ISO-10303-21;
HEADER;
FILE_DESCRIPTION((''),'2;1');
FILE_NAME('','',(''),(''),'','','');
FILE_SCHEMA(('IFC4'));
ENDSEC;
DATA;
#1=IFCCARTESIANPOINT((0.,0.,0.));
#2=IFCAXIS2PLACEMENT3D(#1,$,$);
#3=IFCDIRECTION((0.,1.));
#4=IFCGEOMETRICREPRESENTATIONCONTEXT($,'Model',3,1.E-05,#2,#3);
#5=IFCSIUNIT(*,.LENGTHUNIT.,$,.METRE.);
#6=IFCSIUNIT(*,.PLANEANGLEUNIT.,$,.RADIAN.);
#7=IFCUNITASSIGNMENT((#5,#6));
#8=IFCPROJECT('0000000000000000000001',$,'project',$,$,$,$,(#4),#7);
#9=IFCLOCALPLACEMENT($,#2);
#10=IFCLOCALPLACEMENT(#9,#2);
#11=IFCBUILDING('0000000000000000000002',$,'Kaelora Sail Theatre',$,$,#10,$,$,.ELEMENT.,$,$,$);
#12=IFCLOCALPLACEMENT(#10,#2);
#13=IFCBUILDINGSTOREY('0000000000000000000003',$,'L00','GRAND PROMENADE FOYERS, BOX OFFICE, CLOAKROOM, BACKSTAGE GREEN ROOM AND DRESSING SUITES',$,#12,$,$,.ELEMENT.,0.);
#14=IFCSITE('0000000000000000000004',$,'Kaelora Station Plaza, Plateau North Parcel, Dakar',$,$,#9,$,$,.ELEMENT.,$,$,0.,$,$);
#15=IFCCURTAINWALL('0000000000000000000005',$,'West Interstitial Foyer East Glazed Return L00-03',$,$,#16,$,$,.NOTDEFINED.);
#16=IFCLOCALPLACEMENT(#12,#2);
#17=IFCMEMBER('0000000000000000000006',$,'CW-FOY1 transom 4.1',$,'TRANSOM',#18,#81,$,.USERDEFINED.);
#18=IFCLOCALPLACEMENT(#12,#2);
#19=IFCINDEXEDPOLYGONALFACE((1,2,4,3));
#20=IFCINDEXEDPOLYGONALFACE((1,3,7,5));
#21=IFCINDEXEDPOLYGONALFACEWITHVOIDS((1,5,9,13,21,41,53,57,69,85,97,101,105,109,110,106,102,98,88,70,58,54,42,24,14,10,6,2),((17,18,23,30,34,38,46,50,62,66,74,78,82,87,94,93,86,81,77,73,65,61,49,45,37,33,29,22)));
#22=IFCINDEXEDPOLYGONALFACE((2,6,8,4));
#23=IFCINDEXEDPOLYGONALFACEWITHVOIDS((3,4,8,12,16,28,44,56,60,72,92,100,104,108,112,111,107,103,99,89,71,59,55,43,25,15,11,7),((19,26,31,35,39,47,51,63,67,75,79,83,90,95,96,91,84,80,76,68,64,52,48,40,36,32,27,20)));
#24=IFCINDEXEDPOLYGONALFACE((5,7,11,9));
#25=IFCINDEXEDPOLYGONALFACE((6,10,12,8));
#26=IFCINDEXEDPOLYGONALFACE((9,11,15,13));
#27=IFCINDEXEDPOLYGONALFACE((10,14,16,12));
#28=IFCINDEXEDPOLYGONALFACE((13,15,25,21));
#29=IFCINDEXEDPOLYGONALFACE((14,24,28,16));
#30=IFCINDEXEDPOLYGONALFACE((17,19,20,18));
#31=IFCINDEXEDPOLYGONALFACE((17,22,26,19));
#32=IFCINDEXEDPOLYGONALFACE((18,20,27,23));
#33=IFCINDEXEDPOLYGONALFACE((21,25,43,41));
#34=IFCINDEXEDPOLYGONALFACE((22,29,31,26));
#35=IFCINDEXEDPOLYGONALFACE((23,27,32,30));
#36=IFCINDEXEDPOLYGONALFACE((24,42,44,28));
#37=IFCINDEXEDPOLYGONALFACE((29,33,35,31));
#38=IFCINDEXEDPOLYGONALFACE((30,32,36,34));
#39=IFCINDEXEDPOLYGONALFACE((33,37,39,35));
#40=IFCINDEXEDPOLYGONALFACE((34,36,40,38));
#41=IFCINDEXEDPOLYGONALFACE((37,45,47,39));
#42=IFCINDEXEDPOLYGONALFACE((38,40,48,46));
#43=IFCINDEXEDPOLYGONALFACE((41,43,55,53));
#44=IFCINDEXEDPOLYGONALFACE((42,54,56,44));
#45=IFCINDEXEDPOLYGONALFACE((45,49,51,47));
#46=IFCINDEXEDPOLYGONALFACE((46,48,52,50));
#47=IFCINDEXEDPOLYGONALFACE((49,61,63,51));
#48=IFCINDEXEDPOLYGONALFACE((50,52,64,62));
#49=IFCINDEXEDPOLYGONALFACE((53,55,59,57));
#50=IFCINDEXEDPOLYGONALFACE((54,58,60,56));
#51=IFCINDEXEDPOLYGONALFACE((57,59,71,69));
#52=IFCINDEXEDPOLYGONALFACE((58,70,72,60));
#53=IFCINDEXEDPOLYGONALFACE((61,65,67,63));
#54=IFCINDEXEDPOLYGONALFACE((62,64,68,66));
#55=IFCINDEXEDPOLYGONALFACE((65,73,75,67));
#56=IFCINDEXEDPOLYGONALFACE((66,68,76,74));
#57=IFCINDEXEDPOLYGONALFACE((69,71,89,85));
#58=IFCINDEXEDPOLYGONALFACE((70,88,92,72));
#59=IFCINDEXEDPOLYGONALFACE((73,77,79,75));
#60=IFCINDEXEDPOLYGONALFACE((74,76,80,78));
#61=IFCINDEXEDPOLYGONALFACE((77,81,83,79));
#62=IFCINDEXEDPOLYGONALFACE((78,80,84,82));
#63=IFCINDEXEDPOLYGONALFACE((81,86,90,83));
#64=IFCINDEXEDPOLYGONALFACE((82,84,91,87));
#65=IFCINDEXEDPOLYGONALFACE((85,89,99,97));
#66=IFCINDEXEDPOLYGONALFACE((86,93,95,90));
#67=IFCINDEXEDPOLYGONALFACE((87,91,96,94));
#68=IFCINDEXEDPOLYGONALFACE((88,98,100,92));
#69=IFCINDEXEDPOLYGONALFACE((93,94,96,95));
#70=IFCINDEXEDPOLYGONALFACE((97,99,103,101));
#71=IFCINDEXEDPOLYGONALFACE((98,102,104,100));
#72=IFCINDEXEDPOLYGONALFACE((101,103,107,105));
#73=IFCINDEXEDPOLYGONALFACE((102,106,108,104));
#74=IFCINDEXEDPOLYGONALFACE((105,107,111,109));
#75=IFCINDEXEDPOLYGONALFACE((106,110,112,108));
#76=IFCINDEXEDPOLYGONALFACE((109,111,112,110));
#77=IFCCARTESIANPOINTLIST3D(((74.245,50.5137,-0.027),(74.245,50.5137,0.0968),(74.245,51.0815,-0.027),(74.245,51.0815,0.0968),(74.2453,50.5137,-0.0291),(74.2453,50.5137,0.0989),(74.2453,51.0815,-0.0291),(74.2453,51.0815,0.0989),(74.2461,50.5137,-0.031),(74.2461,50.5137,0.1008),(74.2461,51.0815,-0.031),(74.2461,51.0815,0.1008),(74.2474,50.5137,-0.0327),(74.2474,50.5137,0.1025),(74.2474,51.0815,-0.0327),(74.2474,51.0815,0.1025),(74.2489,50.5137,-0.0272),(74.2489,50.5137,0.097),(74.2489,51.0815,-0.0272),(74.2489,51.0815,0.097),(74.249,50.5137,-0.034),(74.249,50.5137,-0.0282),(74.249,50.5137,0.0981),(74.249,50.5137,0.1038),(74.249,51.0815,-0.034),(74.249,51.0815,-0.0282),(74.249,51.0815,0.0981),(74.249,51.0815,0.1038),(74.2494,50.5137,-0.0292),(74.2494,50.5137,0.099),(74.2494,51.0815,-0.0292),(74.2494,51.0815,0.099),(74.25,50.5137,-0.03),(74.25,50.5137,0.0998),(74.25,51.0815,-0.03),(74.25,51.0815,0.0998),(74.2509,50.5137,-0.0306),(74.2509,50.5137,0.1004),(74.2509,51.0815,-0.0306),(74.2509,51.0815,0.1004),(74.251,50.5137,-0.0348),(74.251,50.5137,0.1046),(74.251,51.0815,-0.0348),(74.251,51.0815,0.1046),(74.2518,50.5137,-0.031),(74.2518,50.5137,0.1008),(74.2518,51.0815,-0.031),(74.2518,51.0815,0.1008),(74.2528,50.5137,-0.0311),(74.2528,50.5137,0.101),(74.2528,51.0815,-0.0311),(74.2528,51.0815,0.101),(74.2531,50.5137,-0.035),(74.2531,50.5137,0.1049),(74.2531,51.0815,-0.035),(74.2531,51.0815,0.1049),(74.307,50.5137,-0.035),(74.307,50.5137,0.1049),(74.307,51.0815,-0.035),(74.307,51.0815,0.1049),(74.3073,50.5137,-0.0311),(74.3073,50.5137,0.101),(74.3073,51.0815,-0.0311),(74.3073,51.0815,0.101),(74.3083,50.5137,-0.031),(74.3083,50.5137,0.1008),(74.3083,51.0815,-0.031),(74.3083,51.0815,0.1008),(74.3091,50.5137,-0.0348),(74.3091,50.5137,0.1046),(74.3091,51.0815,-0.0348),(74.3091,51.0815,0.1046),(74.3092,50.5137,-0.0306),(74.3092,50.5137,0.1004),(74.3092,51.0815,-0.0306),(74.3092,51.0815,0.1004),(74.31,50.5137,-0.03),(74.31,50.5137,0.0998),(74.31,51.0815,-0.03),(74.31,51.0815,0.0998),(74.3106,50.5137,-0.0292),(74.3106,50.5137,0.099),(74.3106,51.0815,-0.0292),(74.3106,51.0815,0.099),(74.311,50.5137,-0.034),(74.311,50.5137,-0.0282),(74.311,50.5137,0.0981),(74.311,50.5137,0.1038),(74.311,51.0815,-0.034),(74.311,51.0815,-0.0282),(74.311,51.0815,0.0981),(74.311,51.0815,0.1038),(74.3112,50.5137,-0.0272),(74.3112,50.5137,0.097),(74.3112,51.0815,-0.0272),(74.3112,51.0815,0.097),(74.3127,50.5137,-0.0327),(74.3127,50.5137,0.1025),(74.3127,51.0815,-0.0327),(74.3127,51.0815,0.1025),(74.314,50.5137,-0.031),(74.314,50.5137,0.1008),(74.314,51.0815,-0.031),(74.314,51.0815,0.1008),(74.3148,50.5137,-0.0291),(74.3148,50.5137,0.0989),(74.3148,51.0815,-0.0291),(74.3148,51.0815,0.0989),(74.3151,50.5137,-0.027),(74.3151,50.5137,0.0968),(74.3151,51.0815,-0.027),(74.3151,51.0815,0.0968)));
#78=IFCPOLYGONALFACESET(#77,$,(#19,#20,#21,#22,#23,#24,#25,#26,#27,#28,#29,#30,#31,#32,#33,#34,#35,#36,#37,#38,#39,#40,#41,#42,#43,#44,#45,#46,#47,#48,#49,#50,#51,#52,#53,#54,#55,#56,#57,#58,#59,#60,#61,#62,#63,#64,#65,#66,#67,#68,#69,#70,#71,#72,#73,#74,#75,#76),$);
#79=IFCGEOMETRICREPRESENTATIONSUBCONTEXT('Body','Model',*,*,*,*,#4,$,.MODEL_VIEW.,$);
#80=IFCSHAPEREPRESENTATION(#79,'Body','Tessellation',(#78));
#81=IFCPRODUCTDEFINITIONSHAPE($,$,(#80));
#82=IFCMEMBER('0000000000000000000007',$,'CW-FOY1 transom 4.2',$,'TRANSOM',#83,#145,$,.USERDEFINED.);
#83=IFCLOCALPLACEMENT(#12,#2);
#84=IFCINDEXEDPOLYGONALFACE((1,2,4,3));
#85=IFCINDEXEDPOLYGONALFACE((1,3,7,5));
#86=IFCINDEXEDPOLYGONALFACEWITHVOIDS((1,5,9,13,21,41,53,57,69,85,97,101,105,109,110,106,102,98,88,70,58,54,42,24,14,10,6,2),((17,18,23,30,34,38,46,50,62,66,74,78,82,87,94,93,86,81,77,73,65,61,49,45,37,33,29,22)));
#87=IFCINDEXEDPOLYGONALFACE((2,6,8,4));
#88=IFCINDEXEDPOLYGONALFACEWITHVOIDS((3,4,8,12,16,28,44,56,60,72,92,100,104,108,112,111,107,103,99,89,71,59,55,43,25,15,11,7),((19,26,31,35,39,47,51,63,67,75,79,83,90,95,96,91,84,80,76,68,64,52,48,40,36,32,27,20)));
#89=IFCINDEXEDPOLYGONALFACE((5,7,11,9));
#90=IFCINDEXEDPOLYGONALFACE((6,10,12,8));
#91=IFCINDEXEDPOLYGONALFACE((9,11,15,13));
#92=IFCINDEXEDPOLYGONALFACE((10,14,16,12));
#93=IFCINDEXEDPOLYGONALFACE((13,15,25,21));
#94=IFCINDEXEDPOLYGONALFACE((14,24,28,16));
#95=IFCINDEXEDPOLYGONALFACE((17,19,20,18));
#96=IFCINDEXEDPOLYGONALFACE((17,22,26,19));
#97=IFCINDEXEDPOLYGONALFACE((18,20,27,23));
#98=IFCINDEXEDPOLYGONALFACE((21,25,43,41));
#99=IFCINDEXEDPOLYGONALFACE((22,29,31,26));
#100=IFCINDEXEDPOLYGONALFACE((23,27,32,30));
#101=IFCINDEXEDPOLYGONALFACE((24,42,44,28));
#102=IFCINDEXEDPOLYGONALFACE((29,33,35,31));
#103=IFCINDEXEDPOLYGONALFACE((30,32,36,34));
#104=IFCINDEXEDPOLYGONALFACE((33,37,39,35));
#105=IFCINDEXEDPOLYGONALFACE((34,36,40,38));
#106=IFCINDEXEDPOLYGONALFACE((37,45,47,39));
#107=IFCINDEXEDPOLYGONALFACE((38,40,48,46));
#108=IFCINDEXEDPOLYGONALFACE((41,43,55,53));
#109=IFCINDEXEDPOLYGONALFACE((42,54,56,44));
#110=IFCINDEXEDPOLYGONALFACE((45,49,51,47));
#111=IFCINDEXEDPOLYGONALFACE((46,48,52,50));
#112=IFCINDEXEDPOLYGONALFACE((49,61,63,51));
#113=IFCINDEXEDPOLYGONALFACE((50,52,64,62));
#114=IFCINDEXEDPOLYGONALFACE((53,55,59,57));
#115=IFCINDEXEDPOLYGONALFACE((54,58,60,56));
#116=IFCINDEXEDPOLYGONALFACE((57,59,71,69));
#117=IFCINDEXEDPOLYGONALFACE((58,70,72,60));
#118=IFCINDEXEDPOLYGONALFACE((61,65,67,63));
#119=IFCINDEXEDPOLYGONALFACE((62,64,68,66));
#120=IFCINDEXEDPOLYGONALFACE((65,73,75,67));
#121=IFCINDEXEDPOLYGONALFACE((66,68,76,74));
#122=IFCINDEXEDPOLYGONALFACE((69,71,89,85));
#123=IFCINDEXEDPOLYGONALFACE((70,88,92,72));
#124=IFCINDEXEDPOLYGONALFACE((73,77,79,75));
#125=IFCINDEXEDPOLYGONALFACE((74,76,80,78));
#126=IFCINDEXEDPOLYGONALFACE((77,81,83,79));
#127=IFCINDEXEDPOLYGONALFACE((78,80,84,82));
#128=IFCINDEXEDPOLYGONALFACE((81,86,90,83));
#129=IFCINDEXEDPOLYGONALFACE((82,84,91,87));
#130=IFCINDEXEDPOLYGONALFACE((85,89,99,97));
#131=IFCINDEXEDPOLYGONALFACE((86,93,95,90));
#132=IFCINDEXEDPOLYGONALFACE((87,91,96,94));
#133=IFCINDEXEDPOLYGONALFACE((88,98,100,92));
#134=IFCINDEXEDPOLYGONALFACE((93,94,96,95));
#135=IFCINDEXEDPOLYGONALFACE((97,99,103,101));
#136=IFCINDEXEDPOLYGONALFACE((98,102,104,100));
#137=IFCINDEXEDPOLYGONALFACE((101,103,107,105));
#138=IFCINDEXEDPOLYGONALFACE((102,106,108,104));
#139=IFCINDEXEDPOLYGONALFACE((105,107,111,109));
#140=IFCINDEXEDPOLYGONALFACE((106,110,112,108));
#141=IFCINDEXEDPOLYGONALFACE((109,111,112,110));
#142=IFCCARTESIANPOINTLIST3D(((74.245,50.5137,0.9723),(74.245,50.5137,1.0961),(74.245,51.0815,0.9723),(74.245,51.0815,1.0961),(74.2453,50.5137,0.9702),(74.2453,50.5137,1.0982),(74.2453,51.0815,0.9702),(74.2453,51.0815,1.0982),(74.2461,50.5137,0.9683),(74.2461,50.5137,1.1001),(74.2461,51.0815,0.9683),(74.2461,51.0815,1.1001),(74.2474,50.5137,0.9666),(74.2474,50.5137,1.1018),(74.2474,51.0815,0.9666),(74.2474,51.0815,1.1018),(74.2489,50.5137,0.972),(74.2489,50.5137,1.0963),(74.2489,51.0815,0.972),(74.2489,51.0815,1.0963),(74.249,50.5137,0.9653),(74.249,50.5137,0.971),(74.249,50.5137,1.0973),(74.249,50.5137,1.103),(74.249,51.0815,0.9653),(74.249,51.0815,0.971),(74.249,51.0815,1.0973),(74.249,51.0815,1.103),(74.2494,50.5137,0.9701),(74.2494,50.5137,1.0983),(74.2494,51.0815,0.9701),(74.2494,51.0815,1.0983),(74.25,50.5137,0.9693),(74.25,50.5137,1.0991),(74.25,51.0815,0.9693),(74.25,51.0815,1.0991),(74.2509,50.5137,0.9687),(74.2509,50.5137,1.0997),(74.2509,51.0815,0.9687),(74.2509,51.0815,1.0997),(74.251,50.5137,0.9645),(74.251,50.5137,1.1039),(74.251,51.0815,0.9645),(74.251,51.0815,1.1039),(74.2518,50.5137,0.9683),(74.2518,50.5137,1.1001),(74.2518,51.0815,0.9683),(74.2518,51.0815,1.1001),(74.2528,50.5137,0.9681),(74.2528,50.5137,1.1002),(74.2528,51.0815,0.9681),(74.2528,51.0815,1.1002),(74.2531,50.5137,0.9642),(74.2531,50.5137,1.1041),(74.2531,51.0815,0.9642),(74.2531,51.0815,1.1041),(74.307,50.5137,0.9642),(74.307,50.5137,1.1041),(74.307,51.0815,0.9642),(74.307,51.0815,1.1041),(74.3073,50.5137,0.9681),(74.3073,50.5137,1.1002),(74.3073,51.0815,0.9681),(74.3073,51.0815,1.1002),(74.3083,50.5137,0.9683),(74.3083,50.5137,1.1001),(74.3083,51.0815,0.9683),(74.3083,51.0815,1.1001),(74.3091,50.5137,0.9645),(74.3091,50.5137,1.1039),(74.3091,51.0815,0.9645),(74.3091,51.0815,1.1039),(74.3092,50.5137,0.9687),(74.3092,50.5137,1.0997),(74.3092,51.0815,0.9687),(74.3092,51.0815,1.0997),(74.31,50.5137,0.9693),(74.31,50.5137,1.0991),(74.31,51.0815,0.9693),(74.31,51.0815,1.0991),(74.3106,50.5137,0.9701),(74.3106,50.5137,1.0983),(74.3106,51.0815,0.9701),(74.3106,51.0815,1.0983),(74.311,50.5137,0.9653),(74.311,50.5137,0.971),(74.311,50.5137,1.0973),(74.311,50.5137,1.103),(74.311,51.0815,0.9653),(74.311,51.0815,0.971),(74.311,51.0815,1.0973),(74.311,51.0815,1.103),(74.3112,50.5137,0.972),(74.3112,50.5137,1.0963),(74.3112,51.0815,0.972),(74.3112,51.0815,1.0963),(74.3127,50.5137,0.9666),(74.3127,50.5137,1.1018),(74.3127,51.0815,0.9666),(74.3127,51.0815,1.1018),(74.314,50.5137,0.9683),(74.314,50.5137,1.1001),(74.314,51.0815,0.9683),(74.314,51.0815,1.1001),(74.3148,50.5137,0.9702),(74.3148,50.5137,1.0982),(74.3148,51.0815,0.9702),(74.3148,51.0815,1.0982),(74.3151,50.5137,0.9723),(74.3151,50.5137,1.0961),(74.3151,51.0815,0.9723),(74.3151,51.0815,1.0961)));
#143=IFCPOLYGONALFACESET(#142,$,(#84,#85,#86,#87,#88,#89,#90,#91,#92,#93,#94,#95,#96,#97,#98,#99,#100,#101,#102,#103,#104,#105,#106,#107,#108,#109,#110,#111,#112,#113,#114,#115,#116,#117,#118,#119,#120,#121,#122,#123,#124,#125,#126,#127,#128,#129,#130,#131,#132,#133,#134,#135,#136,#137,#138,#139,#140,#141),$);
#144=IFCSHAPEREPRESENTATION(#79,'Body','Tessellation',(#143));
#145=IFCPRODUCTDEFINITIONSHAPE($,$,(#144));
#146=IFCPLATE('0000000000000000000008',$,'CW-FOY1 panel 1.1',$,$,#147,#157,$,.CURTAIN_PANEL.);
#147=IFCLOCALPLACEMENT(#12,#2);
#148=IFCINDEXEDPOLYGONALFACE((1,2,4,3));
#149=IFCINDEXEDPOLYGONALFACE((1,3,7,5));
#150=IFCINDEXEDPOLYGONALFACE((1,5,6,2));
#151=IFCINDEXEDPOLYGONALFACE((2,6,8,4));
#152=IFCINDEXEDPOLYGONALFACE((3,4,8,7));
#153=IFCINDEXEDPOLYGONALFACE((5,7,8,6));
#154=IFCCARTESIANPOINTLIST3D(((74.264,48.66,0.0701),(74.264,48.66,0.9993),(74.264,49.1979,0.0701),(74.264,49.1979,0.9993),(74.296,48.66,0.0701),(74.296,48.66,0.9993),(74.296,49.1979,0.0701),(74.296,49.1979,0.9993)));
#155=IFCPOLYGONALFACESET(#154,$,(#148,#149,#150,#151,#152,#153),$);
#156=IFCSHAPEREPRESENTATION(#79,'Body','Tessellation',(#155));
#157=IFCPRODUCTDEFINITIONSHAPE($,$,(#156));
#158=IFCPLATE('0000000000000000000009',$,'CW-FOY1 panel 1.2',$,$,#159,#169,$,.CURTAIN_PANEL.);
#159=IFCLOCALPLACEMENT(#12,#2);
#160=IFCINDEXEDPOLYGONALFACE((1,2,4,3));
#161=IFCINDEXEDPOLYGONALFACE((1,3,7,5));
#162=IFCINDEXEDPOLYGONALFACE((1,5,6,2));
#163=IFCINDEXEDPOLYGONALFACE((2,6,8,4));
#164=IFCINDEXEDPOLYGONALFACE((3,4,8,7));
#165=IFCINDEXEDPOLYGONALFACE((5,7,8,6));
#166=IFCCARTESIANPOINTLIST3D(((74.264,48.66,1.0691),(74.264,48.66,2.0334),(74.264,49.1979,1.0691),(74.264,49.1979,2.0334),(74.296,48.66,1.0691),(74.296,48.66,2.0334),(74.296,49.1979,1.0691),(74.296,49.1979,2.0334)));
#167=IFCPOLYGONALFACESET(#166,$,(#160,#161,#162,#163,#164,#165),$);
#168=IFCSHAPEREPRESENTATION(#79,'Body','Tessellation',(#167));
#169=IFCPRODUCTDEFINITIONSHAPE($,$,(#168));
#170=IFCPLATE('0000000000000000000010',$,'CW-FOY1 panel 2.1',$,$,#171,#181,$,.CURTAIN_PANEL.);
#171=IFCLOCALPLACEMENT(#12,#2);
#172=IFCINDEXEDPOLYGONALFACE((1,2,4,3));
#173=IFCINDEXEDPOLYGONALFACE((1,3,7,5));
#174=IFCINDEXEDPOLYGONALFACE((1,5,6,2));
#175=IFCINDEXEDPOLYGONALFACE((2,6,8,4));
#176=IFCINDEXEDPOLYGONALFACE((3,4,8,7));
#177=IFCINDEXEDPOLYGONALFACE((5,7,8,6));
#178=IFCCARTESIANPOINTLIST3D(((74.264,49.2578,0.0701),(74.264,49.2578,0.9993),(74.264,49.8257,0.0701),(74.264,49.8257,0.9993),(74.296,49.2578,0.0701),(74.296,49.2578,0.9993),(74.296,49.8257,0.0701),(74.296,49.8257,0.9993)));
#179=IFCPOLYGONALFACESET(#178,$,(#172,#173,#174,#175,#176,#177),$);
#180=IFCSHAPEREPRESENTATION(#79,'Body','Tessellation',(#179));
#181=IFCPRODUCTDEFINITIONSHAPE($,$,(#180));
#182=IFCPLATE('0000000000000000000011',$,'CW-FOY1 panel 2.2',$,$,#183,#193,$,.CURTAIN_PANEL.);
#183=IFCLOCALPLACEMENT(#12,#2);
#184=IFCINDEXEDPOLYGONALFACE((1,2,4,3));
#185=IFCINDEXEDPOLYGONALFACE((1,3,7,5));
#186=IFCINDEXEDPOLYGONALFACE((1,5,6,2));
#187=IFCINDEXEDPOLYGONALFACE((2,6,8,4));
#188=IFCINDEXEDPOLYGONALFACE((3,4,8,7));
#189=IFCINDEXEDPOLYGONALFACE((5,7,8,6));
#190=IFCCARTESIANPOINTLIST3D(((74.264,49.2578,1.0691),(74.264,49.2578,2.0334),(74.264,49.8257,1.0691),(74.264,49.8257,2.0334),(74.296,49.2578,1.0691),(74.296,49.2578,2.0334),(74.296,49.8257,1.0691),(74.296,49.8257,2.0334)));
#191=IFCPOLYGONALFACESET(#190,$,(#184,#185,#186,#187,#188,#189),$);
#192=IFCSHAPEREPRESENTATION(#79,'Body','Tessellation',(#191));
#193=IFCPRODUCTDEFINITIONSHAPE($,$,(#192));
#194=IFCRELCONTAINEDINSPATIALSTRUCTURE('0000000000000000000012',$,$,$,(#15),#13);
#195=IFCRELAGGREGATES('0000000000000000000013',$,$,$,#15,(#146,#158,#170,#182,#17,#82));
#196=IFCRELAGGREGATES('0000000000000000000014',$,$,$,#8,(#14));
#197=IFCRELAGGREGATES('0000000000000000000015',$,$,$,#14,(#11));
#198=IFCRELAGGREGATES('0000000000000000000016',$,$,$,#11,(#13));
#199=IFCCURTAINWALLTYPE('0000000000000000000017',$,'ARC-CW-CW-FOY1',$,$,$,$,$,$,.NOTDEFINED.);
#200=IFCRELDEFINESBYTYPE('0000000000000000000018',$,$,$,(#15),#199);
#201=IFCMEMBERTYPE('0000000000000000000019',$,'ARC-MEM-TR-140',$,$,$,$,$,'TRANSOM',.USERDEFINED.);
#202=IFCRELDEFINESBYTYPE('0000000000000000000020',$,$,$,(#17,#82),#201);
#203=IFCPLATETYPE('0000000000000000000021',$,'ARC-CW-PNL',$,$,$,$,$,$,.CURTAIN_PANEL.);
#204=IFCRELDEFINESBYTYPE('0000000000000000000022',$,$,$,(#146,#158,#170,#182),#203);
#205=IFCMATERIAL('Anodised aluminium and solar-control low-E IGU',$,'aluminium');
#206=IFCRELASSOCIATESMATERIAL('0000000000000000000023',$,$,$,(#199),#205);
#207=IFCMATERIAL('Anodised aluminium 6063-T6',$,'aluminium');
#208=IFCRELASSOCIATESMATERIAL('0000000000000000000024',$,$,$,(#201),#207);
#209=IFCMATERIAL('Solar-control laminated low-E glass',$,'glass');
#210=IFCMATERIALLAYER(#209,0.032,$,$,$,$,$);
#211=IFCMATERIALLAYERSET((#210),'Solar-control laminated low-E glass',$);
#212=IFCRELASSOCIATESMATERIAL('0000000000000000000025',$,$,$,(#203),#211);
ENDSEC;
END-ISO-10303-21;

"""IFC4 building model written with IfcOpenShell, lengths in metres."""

from ifc_helpers import new_model, si_unit, direction, frame, origin, origin_2d, place, context, subcontext, project, spatial, rectangle, hollow_rectangle, extrude, material, layer, layer_set, material_profile, profile_set, type_object, element, aggregate, save


model = new_model("IFC4")

# Units and contexts
model_context = context("Model", 3, precision=1e-05, world=origin(), true_north=direction((0.0, 1.0)))
body_context = subcontext(model_context, "Body", "Model", "MODEL_VIEW")
ifc_project = project(units=[si_unit("LENGTHUNIT", "METRE"), si_unit("PLANEANGLEUNIT", "RADIAN")], contexts=[model_context])

# Site, building, storey
site_placement = place(None, origin())
site = spatial("IfcSite", under=ifc_project, at=site_placement, Name="Kaelora Station Plaza, Plateau North Parcel, Dakar", CompositionType="ELEMENT", RefElevation=0.0)
building_placement = place(site_placement, origin())
building = spatial("IfcBuilding", under=site, at=building_placement, Name="Kaelora Sail Theatre", CompositionType="ELEMENT")
storey_placement = place(building_placement, origin())
storey = spatial("IfcBuildingStorey", under=building, at=storey_placement, Name="L00", Description="GRAND PROMENADE FOYERS, BOX OFFICE, CLOAKROOM, BACKSTAGE GREEN ROOM AND DRESSING SUITES", CompositionType="ELEMENT", Elevation=0.0)

# Curtain wall
ifc_material_1 = material(Name="Anodised aluminium and solar-control low-E IGU", Category="aluminium")
curtain_wall_type = type_object("IfcCurtainWallType", Name="ARC-CW-CW-FOY1", PredefinedType="NOTDEFINED", material=ifc_material_1)
curtain_wall_placement = place(storey_placement, origin())
curtain_wall = element("IfcCurtainWall", 1, at=curtain_wall_placement, inside=storey, type_object=curtain_wall_type, Name="West Interstitial Foyer East Glazed Return L00-03", PredefinedType="NOTDEFINED")

# Members
ifc_material_2 = material(Name="Anodised aluminium 6063-T6", Category="aluminium")
ifc_material_profile_1 = material_profile(ifc_material_2, hollow_rectangle(XDim=0.0701, YDim=0.1399, WallThickness=0.0039, InnerFilletRadius=0.0039, OuterFilletRadius=0.0081, at=origin_2d()), Name="ALU-TRAN 70x140x4")
ifc_profile_set_1 = profile_set([ifc_material_profile_1], Name="Anodised aluminium 6063-T6")
member_type_1 = type_object("IfcMemberType", Name="ARC-MEM-TR-140", ElementType="TRANSOM", PredefinedType="USERDEFINED", material=ifc_profile_set_1)
member_1_placement = place(storey_placement, frame((74.28, 50.5137, 0.0349), z_axis=(0.0, 1.0, 0.0), x_axis=(-1.0, 0.0, 0.0)))
member_1 = element("IfcMember", 2, at=member_1_placement, type_object=member_type_1, Name="CW-FOY1 transom 4.1", ObjectType="TRANSOM", PredefinedType="USERDEFINED", context=body_context, shape_type="SweptSolid", body=[
    extrude(hollow_rectangle(XDim=0.0701, YDim=0.1399, WallThickness=0.0039, InnerFilletRadius=0.0039, OuterFilletRadius=0.0081, at=origin_2d()), origin(), (0.0, 0.0, 1.0), 0.5679),
])
member_2_placement = place(storey_placement, frame((74.28, 50.5137, 1.0342), z_axis=(0.0, 1.0, 0.0), x_axis=(-1.0, 0.0, 0.0)))
member_2 = element("IfcMember", 3, at=member_2_placement, type_object=member_type_1, Name="CW-FOY1 transom 4.2", ObjectType="TRANSOM", PredefinedType="USERDEFINED", context=body_context, shape_type="SweptSolid", body=[
    extrude(hollow_rectangle(XDim=0.0701, YDim=0.1399, WallThickness=0.0039, InnerFilletRadius=0.0039, OuterFilletRadius=0.0081, at=origin_2d()), origin(), (0.0, 0.0, 1.0), 0.5679),
])

# Plates
ifc_material_3 = material(Name="Solar-control laminated low-E glass", Category="glass")
ifc_layer = layer(ifc_material_3, 0.032)
ifc_layer_set = layer_set([ifc_layer], Name="Solar-control laminated low-E glass")
plate_type = type_object("IfcPlateType", Name="ARC-CW-PNL", PredefinedType="CURTAIN_PANEL", material=ifc_layer_set)
plate_1_placement = place(storey_placement, frame((74.28, 48.929, 0.0701), z_axis=(0.0, 0.0, 1.0), x_axis=(0.0, 1.0, 0.0)))
plate_1 = element("IfcPlate", 4, at=plate_1_placement, type_object=plate_type, Name="CW-FOY1 panel 1.1", PredefinedType="CURTAIN_PANEL", context=body_context, shape_type="SweptSolid", body=[
    extrude(rectangle(XDim=0.5378, YDim=0.032, at=origin_2d()), origin(), (0.0, 0.0, 1.0), 0.9292),
])
plate_2_placement = place(storey_placement, frame((74.28, 48.929, 1.0691), z_axis=(0.0, 0.0, 1.0), x_axis=(0.0, 1.0, 0.0)))
plate_2 = element("IfcPlate", 5, at=plate_2_placement, type_object=plate_type, Name="CW-FOY1 panel 1.2", PredefinedType="CURTAIN_PANEL", context=body_context, shape_type="SweptSolid", body=[
    extrude(rectangle(XDim=0.5378, YDim=0.032, at=origin_2d()), origin(), (0.0, 0.0, 1.0), 0.9644),
])
plate_3_placement = place(storey_placement, frame((74.28, 49.5417, 0.0701), z_axis=(0.0, 0.0, 1.0), x_axis=(0.0, 1.0, 0.0)))
plate_3 = element("IfcPlate", 6, at=plate_3_placement, type_object=plate_type, Name="CW-FOY1 panel 2.1", PredefinedType="CURTAIN_PANEL", context=body_context, shape_type="SweptSolid", body=[
    extrude(rectangle(XDim=0.5679, YDim=0.032, at=origin_2d()), origin(), (0.0, 0.0, 1.0), 0.9292),
])
plate_4_placement = place(storey_placement, frame((74.28, 49.5417, 1.0691), z_axis=(0.0, 0.0, 1.0), x_axis=(0.0, 1.0, 0.0)))
plate_4 = element("IfcPlate", 7, at=plate_4_placement, type_object=plate_type, Name="CW-FOY1 panel 2.2", PredefinedType="CURTAIN_PANEL", context=body_context, shape_type="SweptSolid", body=[
    extrude(rectangle(XDim=0.5679, YDim=0.032, at=origin_2d()), origin(), (0.0, 0.0, 1.0), 0.9644),
])
aggregate(curtain_wall, [plate_1, plate_2, plate_3, plate_4, member_1, member_2])

save(model, "model.ifc")
